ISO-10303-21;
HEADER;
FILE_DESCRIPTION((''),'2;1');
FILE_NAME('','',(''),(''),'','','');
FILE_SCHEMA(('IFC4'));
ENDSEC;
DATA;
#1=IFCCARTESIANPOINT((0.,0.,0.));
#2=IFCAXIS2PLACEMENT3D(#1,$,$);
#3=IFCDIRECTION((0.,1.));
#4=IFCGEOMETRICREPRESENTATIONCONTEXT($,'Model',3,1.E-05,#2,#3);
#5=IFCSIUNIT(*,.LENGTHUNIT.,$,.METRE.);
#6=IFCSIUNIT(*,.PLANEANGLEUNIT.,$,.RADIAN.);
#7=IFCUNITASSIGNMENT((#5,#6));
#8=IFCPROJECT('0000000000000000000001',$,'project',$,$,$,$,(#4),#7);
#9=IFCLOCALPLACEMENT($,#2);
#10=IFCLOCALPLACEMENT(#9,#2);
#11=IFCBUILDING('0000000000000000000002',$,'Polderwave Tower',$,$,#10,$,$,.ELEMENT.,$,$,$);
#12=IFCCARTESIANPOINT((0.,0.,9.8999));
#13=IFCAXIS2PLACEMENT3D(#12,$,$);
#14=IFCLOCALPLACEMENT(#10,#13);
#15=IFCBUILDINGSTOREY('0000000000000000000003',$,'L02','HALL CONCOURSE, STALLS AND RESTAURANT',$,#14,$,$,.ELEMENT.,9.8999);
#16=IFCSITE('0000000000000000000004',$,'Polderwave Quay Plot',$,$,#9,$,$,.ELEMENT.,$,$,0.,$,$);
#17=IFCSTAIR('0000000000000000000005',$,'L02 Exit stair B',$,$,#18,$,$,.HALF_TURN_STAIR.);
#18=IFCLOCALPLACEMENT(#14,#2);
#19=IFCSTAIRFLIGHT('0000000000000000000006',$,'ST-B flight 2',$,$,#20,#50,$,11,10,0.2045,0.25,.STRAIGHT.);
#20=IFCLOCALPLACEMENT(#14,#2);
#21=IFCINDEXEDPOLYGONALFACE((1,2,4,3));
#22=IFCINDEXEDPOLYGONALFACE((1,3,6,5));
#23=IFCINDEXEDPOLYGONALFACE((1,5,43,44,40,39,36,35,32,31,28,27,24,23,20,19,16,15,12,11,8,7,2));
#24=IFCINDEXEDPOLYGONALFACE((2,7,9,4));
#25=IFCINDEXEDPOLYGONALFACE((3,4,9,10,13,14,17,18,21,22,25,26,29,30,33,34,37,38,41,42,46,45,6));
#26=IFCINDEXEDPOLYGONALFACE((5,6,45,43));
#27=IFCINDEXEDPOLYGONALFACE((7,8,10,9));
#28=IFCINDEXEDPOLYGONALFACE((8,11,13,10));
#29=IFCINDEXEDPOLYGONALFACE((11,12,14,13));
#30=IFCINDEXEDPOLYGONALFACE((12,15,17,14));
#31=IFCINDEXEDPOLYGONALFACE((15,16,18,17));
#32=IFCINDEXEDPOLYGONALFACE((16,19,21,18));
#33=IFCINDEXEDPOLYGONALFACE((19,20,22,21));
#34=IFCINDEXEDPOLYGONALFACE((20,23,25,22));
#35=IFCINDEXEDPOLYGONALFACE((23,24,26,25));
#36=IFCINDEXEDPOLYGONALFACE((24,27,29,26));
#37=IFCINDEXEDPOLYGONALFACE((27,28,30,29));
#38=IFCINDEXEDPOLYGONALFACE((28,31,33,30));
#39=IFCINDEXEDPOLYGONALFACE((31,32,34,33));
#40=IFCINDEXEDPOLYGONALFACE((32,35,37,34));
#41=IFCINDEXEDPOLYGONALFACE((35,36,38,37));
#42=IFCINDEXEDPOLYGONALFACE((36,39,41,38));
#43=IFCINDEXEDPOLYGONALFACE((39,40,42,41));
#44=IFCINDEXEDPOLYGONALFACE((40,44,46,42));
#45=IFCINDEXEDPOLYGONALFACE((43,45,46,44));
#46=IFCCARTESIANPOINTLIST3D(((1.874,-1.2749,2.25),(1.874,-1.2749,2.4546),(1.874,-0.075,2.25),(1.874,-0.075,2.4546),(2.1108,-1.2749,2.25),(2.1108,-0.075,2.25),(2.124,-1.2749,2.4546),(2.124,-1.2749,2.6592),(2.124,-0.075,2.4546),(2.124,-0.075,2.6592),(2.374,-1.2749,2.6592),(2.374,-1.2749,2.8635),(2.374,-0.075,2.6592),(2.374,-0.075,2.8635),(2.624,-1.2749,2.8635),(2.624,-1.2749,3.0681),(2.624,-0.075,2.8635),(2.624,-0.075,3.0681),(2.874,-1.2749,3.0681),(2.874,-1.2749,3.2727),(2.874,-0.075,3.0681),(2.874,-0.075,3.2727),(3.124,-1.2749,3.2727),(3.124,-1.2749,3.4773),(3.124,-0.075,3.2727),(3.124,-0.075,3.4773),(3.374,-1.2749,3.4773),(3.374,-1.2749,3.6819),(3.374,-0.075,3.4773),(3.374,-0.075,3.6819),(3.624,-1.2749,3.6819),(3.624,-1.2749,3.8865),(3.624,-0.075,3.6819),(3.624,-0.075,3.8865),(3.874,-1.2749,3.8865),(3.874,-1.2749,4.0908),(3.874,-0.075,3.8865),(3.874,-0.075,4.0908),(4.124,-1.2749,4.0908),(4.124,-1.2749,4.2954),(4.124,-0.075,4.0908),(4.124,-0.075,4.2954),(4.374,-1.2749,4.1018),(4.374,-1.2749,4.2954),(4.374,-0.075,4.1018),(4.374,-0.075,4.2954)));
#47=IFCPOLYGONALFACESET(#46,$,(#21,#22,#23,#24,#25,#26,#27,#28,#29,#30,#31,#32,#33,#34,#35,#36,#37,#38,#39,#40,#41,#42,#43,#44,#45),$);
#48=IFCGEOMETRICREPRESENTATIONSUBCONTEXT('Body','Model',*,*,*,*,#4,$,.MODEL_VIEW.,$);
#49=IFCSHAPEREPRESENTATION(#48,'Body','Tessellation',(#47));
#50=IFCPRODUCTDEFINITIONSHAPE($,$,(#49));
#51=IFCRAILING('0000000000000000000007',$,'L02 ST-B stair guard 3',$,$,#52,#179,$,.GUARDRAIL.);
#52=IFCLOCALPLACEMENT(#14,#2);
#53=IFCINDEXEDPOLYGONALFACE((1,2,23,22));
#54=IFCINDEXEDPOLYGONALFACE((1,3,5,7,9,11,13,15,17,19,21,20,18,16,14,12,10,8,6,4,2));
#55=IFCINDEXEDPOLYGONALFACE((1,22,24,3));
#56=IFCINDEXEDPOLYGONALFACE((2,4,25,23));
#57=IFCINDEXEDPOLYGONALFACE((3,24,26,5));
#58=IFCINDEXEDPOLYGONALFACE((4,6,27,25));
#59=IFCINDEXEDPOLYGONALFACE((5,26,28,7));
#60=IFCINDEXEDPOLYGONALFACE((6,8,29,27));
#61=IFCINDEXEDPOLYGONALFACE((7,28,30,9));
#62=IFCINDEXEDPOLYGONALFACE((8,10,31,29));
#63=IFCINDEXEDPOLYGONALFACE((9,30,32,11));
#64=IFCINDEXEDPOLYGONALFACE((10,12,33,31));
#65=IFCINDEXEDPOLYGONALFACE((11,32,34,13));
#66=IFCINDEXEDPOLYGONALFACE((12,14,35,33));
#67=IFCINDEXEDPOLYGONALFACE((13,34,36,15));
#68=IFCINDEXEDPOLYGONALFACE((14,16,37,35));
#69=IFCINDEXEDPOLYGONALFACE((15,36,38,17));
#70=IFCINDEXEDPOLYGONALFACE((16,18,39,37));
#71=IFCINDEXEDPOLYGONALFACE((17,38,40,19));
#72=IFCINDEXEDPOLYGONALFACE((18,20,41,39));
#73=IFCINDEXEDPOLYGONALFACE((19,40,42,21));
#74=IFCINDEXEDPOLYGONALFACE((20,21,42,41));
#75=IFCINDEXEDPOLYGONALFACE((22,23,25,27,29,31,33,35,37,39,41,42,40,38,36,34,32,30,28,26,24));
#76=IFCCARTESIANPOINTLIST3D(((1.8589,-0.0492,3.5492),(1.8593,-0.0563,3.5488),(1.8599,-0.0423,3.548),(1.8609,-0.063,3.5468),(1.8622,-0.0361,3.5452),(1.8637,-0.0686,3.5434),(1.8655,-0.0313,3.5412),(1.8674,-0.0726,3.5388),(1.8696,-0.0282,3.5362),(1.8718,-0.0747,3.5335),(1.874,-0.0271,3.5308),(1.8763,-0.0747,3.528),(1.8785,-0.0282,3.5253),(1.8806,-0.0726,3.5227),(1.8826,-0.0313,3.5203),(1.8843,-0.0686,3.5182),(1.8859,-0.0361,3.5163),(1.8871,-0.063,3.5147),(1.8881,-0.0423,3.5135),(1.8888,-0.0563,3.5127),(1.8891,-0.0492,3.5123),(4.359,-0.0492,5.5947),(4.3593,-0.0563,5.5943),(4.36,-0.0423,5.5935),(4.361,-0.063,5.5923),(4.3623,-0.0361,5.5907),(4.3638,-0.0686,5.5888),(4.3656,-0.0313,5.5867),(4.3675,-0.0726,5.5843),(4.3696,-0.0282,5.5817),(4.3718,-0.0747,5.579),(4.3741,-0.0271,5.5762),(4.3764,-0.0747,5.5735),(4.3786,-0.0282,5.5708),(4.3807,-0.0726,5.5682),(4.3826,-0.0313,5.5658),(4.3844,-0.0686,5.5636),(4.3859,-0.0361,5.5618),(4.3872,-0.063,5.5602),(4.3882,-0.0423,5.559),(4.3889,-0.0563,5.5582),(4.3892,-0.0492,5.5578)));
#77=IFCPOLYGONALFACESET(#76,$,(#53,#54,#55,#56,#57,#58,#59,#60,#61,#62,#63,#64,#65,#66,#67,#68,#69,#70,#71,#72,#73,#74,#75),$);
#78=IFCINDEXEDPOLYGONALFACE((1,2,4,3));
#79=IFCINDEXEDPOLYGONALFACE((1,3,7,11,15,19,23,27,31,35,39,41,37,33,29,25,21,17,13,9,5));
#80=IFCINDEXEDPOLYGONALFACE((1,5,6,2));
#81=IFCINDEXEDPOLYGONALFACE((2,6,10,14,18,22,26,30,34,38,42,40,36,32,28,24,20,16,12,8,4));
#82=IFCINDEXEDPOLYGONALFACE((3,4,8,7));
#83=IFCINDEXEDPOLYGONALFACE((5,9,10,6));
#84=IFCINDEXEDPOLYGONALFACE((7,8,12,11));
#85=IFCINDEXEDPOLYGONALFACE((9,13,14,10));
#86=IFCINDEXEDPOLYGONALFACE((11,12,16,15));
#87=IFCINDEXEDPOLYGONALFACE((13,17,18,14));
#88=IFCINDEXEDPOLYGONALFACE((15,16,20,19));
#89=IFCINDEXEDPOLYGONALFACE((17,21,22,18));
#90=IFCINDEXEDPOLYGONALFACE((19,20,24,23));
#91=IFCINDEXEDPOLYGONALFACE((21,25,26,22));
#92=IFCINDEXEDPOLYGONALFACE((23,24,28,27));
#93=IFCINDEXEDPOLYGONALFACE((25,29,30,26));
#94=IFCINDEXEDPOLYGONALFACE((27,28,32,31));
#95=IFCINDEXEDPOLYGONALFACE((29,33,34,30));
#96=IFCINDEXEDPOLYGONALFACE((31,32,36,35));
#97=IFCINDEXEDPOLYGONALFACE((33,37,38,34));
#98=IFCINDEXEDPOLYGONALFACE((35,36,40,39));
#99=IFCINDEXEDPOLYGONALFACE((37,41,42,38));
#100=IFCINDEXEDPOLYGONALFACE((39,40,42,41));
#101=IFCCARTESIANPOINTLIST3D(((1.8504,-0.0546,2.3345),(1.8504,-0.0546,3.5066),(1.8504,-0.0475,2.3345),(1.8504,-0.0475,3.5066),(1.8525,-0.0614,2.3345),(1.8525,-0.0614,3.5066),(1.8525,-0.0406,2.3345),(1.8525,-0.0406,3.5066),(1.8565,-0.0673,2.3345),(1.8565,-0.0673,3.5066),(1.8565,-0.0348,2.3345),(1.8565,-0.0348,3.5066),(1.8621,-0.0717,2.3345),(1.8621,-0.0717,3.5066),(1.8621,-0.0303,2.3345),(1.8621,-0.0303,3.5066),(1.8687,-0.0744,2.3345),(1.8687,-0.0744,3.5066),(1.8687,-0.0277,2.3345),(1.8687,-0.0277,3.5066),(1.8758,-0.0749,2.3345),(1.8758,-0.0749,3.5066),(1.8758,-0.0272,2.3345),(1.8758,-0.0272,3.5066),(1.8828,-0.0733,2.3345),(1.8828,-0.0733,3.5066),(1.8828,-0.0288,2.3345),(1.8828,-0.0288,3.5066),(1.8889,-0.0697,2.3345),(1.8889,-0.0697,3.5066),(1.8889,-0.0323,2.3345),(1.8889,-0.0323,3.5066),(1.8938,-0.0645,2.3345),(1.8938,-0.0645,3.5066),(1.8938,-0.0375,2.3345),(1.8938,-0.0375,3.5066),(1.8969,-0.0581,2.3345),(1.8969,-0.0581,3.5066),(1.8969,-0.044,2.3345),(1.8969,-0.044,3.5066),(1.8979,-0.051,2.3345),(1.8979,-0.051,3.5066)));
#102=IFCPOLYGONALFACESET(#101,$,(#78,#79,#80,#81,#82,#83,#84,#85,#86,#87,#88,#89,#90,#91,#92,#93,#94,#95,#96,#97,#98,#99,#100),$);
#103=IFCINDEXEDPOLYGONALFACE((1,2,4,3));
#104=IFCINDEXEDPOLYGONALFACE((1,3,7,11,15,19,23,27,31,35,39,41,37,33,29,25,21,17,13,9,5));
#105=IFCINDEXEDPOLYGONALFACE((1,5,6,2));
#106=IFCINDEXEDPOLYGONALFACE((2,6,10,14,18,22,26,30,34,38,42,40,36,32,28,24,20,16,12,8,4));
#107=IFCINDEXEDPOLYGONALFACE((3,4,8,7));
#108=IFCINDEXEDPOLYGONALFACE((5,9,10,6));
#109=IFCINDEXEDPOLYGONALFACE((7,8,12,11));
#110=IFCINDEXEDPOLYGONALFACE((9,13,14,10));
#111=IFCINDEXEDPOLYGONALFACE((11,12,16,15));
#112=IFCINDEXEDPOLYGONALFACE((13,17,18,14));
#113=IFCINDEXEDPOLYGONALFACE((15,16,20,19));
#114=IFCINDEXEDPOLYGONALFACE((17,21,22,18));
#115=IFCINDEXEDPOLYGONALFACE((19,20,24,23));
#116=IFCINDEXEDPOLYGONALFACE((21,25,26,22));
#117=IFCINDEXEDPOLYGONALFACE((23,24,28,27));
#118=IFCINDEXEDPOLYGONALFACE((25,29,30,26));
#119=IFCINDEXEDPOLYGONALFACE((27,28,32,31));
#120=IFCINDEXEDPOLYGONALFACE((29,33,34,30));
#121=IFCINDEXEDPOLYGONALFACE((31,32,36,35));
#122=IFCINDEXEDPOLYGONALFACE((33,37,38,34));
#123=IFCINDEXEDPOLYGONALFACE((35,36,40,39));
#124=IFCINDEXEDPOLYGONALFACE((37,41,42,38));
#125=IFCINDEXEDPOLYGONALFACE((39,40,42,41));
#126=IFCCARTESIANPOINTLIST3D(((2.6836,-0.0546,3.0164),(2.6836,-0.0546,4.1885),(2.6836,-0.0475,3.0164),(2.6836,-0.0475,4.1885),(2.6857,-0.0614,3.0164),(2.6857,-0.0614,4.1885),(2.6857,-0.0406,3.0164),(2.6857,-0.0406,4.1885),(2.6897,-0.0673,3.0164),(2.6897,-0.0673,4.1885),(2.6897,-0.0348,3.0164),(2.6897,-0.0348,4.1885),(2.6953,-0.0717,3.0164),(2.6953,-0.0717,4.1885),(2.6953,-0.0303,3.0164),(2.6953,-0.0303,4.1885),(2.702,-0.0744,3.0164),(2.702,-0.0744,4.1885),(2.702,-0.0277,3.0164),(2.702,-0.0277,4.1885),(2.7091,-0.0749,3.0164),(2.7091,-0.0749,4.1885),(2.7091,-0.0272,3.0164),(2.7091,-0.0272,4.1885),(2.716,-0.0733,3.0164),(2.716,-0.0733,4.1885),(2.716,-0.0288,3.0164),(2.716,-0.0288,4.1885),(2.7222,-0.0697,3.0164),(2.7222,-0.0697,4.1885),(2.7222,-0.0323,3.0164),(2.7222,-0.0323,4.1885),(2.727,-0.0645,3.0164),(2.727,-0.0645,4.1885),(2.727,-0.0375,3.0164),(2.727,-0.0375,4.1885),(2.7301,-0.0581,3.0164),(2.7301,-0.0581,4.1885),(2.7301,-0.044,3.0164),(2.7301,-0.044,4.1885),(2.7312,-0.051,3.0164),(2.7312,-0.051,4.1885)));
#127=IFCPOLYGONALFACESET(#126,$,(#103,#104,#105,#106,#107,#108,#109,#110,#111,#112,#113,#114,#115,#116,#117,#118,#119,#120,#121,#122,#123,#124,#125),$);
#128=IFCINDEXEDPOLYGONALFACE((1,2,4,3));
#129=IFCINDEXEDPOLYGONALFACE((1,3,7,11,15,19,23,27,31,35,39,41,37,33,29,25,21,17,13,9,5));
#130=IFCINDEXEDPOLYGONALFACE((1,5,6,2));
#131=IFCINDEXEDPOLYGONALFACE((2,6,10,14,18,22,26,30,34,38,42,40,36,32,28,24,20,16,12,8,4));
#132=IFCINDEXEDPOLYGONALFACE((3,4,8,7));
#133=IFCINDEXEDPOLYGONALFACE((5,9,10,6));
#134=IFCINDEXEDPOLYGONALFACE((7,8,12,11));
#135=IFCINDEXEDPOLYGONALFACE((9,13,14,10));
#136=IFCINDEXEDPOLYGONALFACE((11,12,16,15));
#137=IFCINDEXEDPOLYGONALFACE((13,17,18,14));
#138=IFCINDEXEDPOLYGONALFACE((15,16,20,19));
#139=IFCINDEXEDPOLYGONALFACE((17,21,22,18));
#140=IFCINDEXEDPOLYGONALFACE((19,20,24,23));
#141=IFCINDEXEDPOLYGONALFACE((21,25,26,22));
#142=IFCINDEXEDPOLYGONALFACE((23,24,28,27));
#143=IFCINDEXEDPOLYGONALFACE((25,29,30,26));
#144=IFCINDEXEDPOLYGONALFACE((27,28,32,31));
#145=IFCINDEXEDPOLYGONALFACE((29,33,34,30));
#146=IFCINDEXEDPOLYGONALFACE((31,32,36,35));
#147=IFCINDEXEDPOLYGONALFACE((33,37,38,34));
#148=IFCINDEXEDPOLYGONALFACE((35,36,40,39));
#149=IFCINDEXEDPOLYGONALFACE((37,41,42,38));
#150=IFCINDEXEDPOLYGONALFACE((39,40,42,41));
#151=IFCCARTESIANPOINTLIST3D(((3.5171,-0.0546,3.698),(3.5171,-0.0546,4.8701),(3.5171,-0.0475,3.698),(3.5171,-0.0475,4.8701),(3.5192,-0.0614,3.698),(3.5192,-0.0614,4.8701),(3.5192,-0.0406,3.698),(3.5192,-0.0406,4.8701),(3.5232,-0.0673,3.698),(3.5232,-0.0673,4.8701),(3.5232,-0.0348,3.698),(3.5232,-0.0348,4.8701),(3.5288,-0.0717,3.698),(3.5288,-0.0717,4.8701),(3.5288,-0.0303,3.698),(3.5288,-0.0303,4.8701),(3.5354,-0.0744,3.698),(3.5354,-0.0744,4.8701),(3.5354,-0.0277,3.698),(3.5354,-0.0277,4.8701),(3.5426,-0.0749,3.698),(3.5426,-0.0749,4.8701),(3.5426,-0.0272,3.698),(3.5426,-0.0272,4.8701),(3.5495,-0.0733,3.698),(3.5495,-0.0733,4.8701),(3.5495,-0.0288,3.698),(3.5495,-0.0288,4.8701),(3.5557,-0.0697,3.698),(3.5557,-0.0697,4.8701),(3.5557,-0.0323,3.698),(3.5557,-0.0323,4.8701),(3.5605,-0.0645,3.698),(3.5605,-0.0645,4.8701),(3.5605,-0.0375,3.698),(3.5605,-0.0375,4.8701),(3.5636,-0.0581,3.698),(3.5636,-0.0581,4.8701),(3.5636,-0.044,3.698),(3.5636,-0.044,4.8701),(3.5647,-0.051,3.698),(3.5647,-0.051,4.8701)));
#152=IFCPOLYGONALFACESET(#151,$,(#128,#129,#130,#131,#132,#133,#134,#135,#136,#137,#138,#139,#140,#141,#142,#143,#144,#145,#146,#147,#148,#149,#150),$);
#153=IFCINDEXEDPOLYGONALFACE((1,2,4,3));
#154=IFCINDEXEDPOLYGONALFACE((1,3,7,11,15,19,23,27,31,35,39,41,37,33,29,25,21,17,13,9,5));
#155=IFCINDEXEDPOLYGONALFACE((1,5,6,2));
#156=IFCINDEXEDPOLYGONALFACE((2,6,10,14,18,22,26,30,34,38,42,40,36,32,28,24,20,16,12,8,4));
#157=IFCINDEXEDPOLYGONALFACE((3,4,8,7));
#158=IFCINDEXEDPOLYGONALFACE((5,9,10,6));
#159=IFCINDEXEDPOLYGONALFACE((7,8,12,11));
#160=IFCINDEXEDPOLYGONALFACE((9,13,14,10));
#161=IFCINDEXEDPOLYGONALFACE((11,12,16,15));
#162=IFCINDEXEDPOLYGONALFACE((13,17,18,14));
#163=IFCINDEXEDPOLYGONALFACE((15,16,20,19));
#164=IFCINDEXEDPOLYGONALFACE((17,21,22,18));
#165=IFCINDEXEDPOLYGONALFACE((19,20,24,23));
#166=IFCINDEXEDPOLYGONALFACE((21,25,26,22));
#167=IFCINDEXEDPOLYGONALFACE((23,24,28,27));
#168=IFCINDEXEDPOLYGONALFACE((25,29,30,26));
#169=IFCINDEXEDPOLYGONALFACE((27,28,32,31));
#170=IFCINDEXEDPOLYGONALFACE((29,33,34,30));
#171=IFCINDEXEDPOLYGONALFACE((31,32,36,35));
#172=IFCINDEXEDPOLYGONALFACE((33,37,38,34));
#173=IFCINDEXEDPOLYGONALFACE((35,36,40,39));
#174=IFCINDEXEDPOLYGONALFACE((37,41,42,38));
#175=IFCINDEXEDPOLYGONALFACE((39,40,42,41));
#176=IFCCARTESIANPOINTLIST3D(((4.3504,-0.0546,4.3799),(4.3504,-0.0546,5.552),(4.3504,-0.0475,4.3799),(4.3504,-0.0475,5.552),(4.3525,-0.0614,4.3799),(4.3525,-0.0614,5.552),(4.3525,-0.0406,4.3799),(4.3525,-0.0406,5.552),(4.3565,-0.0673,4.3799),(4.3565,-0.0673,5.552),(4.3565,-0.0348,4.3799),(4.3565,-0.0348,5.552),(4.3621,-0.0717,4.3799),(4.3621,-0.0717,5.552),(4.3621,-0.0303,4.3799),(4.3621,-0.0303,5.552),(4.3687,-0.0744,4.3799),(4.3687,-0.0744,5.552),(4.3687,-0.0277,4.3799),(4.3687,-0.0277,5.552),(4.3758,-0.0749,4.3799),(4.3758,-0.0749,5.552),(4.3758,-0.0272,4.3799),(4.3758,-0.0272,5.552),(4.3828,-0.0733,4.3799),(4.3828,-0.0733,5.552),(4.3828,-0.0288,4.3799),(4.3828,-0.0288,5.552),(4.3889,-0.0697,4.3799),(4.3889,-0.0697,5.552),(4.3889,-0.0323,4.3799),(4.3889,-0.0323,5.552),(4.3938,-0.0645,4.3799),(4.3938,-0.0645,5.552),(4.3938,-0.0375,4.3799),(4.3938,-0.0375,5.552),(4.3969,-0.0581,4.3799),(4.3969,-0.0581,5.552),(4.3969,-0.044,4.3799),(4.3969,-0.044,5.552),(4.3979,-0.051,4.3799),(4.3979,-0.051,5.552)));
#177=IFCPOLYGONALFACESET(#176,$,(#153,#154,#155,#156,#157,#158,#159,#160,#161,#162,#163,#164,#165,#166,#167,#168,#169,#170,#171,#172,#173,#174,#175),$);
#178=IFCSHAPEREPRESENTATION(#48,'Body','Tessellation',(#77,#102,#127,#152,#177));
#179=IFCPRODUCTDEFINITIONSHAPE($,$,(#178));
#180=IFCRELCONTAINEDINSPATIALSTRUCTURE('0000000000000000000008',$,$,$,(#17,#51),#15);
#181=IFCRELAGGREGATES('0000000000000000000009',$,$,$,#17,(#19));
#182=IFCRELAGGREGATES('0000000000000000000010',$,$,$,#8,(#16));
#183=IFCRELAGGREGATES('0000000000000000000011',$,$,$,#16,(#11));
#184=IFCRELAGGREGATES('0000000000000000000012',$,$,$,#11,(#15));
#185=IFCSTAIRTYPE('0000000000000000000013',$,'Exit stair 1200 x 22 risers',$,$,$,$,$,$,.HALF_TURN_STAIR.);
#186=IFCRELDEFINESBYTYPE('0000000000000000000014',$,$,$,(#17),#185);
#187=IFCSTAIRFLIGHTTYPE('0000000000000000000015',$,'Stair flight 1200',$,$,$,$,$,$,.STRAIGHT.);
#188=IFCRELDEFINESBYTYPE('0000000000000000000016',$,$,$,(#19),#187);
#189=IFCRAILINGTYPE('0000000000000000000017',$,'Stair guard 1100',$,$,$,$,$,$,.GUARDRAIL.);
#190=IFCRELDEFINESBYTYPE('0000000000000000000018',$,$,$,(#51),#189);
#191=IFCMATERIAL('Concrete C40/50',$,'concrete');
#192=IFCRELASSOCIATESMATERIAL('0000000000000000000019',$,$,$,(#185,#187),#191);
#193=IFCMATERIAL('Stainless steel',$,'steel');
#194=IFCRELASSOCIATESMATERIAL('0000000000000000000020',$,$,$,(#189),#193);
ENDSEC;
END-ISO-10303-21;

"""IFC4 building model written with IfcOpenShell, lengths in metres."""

from ifc_helpers import new_model, si_unit, direction, frame, origin, origin_2d, place, context, subcontext, project, spatial, polyline, circle, outline, extrude, material, type_object, element, aggregate, save


model = new_model("IFC4")

# Units and contexts
model_context = context("Model", 3, precision=1e-05, world=origin(), true_north=direction((0.0, 1.0)))
body_context = subcontext(model_context, "Body", "Model", "MODEL_VIEW")
ifc_project = project(units=[si_unit("LENGTHUNIT", "METRE"), si_unit("PLANEANGLEUNIT", "RADIAN")], contexts=[model_context])

# Site, building, storey
site_placement = place(None, origin())
site = spatial("IfcSite", under=ifc_project, at=site_placement, Name="Polderwave Quay Plot", CompositionType="ELEMENT", RefElevation=0.0)
building_placement = place(site_placement, origin())
building = spatial("IfcBuilding", under=site, at=building_placement, Name="Polderwave Tower", CompositionType="ELEMENT")
storey_placement = place(building_placement, frame((0.0, 0.0, 9.8999)))
storey = spatial("IfcBuildingStorey", under=building, at=storey_placement, Name="L02", Description="HALL CONCOURSE, STALLS AND RESTAURANT", CompositionType="ELEMENT", Elevation=9.8999)

# Stair, stair flight
ifc_material_1 = material(Name="Concrete C40/50", Category="concrete")
stair_type = type_object("IfcStairType", Name="Exit stair 1200 x 22 risers", PredefinedType="HALF_TURN_STAIR", material=ifc_material_1)
stair_placement = place(storey_placement, origin())
stair = element("IfcStair", 1, at=stair_placement, inside=storey, type_object=stair_type, Name="L02 Exit stair B", PredefinedType="HALF_TURN_STAIR")
stair_flight_type = type_object("IfcStairFlightType", Name="Stair flight 1200", PredefinedType="STRAIGHT", material=ifc_material_1)
stair_flight_placement = place(storey_placement, frame((1.874, -0.675, 2.25), z_axis=(0.0, 0.0, 1.0), x_axis=(1.0, 0.0, 0.0)))
stair_flight = element("IfcStairFlight", 2, at=stair_flight_placement, type_object=stair_flight_type, Name="ST-B flight 2", NumberOfRisers=11, NumberOfTreads=10, PredefinedType="STRAIGHT", RiserHeight=0.2045, TreadLength=0.25, context=body_context, shape_type="SweptSolid", body=[
    extrude(outline(polyline([(0.0, 0.0), (0.0, 0.2046), (0.25, 0.2046), (0.25, 0.4092), (0.5, 0.4092), (0.5, 0.6135), (0.75, 0.6135), (0.75, 0.8181), (1.0, 0.8181), (1.0, 1.0227), (1.25, 1.0227), (1.25, 1.2273), (1.5, 1.2273), (1.5, 1.4319), (1.75, 1.4319), (1.75, 1.6365), (2.0, 1.6365), (2.0, 1.8408), (2.25, 1.8408), (2.25, 2.0454), (2.5, 2.0454), (2.5, 2.25), (2.5, 1.8518), (0.2368, 0.0), (0.0, 0.0)])), frame((0.0, 0.6001, 0.0), z_axis=(0.0, -1.0, 0.0), x_axis=(1.0, 0.0, 0.0)), (0.0, 0.0, 1.0), 1.2),
])
aggregate(stair, [stair_flight])

# Railing
ifc_material_2 = material(Name="Stainless steel", Category="steel")
railing_type_1 = type_object("IfcRailingType", Name="Stair guard 1100", PredefinedType="GUARDRAIL", material=ifc_material_2)
railing_1_placement = place(storey_placement, frame((1.874, -0.051, 2.3345)))
element("IfcRailing", 3, at=railing_1_placement, inside=storey, type_object=railing_type_1, Name="L02 ST-B stair guard 3", PredefinedType="GUARDRAIL", context=body_context, shape_type="SweptSolid", body=[
    extrude(circle(Radius=0.0239, at=origin_2d()), frame((0.0, 0.0, 1.1963), z_axis=(0.773964, 0.0, 0.63323), x_axis=(0.0, 1.0, 0.0)), (0.0, 0.0, 1.0), 3.2302),
    extrude(circle(Radius=0.0239, at=origin_2d()), origin(), (0.0, 0.0, 1.0), 1.1721),
    extrude(circle(Radius=0.0239, at=origin_2d()), frame((0.8333, 0.0, 0.6819)), (0.0, 0.0, 1.0), 1.1721),
    extrude(circle(Radius=0.0239, at=origin_2d()), frame((1.6667, 0.0, 1.3635)), (0.0, 0.0, 1.0), 1.1721),
    extrude(circle(Radius=0.0239, at=origin_2d()), frame((2.5, 0.0, 2.0454)), (0.0, 0.0, 1.0), 1.1721),
])

save(model, "model.ifc")
